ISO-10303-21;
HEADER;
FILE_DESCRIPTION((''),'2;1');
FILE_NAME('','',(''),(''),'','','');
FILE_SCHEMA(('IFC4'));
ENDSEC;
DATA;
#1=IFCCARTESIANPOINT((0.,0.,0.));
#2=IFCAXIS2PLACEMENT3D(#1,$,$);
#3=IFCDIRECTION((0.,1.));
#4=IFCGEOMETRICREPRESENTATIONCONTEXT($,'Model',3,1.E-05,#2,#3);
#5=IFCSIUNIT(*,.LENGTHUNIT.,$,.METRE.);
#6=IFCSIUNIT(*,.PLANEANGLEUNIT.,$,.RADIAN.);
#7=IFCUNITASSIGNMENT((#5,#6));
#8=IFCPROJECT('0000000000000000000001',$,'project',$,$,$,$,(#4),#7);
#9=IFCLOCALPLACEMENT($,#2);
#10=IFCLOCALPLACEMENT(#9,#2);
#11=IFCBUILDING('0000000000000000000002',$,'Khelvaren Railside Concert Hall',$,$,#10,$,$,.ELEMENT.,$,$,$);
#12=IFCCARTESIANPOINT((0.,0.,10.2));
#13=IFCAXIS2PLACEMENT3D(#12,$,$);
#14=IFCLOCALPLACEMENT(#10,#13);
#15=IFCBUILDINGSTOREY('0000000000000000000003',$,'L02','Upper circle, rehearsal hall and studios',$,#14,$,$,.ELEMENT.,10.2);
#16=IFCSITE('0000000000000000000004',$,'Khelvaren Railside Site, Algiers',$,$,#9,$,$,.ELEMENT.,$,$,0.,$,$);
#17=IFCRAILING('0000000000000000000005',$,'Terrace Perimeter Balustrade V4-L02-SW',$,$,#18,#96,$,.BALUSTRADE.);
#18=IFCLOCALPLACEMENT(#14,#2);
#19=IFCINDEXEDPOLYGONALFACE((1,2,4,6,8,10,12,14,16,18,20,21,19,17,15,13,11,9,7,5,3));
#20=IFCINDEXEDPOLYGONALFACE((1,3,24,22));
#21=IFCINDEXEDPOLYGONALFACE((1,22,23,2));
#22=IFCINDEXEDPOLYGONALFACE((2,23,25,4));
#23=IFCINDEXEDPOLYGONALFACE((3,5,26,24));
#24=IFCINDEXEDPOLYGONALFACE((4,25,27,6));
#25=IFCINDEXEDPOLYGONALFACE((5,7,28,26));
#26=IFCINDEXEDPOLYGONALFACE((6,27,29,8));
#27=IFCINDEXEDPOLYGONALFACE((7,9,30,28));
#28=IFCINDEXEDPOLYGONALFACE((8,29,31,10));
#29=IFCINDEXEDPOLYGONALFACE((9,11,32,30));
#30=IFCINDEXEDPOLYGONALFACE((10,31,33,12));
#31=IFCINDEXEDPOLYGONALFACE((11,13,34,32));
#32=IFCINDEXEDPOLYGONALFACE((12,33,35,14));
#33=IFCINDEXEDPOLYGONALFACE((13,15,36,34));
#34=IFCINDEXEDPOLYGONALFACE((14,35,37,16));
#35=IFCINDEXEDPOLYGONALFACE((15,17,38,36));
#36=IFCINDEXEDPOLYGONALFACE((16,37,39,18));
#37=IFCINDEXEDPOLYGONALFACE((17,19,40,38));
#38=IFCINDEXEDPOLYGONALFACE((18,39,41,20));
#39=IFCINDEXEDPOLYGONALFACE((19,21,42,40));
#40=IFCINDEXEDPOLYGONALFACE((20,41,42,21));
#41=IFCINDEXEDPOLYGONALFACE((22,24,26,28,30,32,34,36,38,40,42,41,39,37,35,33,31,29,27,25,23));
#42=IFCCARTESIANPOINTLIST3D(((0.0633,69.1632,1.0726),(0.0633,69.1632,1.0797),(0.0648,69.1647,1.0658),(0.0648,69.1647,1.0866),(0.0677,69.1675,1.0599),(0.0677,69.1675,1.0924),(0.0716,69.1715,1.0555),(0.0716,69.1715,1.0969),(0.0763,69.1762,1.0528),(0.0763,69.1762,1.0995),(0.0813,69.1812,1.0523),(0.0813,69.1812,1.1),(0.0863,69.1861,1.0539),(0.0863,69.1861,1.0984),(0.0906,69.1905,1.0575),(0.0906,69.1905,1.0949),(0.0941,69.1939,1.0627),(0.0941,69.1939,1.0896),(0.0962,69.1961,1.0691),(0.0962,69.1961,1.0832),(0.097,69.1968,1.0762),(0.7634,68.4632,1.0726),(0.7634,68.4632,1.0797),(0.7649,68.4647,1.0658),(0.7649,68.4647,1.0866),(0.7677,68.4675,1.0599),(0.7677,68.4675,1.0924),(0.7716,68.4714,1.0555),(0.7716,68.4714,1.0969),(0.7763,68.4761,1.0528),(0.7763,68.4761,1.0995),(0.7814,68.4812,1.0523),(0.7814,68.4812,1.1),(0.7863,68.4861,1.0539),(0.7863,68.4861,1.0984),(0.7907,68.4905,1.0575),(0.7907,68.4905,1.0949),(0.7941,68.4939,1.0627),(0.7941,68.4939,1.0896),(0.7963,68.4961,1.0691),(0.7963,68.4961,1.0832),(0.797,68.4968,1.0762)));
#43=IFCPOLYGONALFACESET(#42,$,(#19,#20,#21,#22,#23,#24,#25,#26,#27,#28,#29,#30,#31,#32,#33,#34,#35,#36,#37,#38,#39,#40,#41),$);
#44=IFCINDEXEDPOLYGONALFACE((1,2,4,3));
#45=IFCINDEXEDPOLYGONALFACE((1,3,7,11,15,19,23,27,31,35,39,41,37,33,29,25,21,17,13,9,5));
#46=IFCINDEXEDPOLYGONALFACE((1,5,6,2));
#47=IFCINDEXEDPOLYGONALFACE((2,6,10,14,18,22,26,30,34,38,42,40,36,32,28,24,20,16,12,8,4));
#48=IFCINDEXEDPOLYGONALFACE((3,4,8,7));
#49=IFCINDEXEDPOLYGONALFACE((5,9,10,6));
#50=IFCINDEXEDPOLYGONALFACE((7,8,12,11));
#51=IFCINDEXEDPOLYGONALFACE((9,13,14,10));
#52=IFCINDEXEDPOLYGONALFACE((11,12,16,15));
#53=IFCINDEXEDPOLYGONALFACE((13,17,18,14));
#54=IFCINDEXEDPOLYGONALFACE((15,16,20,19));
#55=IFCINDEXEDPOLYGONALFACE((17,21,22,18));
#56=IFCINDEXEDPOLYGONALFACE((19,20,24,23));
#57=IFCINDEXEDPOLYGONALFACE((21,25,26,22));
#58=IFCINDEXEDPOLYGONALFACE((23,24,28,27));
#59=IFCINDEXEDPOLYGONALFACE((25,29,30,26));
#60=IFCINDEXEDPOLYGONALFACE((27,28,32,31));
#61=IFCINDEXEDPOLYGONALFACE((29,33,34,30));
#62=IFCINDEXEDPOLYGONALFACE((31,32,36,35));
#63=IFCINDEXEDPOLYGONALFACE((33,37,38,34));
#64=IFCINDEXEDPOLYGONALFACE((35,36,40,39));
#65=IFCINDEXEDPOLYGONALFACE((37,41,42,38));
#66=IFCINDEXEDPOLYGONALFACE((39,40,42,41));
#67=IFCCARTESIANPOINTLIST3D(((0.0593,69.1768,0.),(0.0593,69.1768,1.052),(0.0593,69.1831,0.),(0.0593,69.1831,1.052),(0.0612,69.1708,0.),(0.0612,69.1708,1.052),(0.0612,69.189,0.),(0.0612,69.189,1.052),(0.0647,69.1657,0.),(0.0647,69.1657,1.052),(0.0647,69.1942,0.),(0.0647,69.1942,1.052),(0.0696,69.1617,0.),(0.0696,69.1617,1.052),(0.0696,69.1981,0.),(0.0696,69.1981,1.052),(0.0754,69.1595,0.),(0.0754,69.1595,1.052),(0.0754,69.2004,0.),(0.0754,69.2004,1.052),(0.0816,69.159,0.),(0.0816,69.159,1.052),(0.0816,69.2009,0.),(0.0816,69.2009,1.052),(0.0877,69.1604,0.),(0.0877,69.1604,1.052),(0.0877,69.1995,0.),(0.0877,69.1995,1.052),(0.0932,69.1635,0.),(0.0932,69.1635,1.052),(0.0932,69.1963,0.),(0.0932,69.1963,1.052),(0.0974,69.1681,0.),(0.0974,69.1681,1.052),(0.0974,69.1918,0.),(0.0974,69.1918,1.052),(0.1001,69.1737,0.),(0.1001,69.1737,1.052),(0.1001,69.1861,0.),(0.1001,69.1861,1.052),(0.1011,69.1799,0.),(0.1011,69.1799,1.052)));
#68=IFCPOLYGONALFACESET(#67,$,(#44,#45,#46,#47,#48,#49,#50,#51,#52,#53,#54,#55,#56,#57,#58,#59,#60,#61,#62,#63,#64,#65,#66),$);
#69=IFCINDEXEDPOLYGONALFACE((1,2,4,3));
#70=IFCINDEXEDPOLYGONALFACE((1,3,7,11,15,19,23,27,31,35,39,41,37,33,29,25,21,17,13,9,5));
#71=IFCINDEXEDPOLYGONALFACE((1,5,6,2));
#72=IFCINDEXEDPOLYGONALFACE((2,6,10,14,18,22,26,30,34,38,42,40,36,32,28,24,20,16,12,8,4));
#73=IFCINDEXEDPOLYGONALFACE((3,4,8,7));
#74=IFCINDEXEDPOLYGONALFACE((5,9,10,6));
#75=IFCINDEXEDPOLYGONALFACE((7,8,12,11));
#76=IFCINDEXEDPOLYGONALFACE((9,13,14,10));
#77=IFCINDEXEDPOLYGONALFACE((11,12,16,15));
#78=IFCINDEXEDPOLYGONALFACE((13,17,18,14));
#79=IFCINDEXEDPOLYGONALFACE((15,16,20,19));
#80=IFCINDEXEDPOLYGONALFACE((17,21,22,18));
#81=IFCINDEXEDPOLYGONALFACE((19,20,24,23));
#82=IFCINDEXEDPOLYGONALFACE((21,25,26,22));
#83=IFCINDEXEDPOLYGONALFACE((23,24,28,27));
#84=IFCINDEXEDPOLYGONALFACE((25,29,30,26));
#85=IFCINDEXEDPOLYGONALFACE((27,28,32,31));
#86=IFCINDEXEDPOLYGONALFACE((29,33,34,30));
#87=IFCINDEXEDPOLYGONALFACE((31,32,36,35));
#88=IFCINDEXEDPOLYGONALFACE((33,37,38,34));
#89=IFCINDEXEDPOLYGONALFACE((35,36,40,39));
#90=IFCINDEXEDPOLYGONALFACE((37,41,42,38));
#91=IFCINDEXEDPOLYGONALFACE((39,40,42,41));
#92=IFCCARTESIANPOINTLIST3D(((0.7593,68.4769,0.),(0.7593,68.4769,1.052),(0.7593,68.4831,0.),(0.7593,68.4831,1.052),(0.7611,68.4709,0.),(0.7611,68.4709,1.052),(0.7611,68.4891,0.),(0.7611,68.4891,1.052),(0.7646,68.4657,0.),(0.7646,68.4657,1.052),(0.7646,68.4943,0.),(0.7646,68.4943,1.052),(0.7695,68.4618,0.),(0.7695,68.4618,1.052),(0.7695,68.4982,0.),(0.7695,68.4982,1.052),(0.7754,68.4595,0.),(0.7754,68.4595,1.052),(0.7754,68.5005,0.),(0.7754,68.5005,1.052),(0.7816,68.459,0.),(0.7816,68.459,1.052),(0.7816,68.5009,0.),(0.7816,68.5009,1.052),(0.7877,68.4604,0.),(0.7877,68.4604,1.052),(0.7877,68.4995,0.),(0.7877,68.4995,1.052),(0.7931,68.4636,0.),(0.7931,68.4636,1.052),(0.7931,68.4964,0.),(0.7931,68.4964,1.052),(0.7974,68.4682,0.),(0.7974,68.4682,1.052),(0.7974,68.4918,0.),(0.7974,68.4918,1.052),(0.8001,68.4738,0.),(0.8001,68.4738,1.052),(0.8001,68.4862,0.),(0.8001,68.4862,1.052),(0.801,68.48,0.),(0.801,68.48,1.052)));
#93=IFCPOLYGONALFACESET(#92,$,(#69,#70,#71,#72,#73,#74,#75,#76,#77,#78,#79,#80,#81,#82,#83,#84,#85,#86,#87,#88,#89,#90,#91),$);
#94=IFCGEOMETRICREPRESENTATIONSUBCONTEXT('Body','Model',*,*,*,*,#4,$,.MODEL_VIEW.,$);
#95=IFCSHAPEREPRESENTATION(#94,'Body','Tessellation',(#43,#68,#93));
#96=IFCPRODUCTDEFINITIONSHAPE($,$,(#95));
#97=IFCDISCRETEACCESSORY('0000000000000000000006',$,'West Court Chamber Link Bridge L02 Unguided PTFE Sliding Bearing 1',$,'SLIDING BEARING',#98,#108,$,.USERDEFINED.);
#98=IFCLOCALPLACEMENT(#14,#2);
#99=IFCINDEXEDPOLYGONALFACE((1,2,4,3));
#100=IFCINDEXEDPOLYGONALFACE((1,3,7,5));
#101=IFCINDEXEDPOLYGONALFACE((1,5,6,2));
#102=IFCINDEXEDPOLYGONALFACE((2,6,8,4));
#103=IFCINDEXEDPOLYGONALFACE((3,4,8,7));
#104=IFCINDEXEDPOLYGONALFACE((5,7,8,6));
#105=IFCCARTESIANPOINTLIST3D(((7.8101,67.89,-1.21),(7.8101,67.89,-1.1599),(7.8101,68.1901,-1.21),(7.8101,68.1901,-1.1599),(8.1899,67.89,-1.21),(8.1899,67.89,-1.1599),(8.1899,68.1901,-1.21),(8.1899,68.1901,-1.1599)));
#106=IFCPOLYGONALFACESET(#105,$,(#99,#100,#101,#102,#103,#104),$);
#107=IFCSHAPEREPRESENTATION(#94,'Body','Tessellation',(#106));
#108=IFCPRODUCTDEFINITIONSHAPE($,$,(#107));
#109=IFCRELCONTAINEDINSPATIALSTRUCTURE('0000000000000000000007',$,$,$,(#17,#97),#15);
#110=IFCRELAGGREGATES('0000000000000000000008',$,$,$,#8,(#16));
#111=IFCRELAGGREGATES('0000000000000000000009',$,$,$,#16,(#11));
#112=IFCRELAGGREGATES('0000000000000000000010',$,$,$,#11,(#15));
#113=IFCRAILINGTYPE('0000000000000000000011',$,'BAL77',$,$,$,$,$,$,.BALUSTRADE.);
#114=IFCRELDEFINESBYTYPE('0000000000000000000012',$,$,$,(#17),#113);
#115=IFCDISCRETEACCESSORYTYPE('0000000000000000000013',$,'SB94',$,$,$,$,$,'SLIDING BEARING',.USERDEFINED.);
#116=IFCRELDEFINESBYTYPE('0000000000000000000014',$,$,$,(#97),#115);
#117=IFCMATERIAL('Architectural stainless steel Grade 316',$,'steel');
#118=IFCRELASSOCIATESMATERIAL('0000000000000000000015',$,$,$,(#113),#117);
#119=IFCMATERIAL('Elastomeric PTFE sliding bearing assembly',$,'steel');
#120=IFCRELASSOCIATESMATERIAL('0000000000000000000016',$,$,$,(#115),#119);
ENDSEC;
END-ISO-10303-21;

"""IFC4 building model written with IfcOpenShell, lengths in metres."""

from ifc_helpers import new_model, si_unit, direction, frame, origin, origin_2d, place, context, subcontext, project, spatial, rectangle, circle, extrude, material, type_object, element, save


model = new_model("IFC4")

# Units and contexts
model_context = context("Model", 3, precision=1e-05, world=origin(), true_north=direction((0.0, 1.0)))
body_context = subcontext(model_context, "Body", "Model", "MODEL_VIEW")
ifc_project = project(units=[si_unit("LENGTHUNIT", "METRE"), si_unit("PLANEANGLEUNIT", "RADIAN")], contexts=[model_context])

# Site, building, storey
site_placement = place(None, origin())
site = spatial("IfcSite", under=ifc_project, at=site_placement, Name="Khelvaren Railside Site, Algiers", CompositionType="ELEMENT", RefElevation=0.0)
building_placement = place(site_placement, origin())
building = spatial("IfcBuilding", under=site, at=building_placement, Name="Khelvaren Railside Concert Hall", CompositionType="ELEMENT")
storey_placement = place(building_placement, frame((0.0, 0.0, 10.2)))
storey = spatial("IfcBuildingStorey", under=building, at=storey_placement, Name="L02", Description="Upper circle, rehearsal hall and studios", CompositionType="ELEMENT", Elevation=10.2)

# Railing
ifc_material_1 = material(Name="Architectural stainless steel Grade 316", Category="steel")
railing_type = type_object("IfcRailingType", Name="BAL77", PredefinedType="BALUSTRADE", material=ifc_material_1)
railing_1_placement = place(storey_placement, frame((0.0801, 69.1799, 0.0)))
element("IfcRailing", 1, at=railing_1_placement, inside=storey, type_object=railing_type, Name="Terrace Perimeter Balustrade V4-L02-SW", PredefinedType="BALUSTRADE", context=body_context, shape_type="SweptSolid", body=[
    extrude(circle(Radius=0.0239, at=origin_2d()), frame((0.0, 0.0, 1.0762), z_axis=(0.707107, -0.707107, 0.0), x_axis=(0.707107, 0.707107, 0.0)), (0.0, 0.0, 1.0), 0.99),
    extrude(circle(Radius=0.021, at=origin_2d()), origin(), (0.0, 0.0, 1.0), 1.052),
    extrude(circle(Radius=0.021, at=origin_2d()), frame((0.7, -0.7, 0.0)), (0.0, 0.0, 1.0), 1.052),
])

# Discrete accessory
ifc_material_2 = material(Name="Elastomeric PTFE sliding bearing assembly", Category="steel")
discrete_accessory_type = type_object("IfcDiscreteAccessoryType", Name="SB94", ElementType="SLIDING BEARING", PredefinedType="USERDEFINED", material=ifc_material_2)
discrete_accessory_placement = place(storey_placement, frame((8.0, 68.04, -1.21), z_axis=(0.0, 0.0, 1.0), x_axis=(0.0, 1.0, 0.0)))
element("IfcDiscreteAccessory", 2, at=discrete_accessory_placement, inside=storey, type_object=discrete_accessory_type, Name="West Court Chamber Link Bridge L02 Unguided PTFE Sliding Bearing 1", ObjectType="SLIDING BEARING", PredefinedType="USERDEFINED", context=body_context, shape_type="SweptSolid", body=[
    extrude(rectangle(XDim=0.3, YDim=0.3799, at=origin_2d()), origin(), (0.0, 0.0, 1.0), 0.05),
])

save(model, "model.ifc")
